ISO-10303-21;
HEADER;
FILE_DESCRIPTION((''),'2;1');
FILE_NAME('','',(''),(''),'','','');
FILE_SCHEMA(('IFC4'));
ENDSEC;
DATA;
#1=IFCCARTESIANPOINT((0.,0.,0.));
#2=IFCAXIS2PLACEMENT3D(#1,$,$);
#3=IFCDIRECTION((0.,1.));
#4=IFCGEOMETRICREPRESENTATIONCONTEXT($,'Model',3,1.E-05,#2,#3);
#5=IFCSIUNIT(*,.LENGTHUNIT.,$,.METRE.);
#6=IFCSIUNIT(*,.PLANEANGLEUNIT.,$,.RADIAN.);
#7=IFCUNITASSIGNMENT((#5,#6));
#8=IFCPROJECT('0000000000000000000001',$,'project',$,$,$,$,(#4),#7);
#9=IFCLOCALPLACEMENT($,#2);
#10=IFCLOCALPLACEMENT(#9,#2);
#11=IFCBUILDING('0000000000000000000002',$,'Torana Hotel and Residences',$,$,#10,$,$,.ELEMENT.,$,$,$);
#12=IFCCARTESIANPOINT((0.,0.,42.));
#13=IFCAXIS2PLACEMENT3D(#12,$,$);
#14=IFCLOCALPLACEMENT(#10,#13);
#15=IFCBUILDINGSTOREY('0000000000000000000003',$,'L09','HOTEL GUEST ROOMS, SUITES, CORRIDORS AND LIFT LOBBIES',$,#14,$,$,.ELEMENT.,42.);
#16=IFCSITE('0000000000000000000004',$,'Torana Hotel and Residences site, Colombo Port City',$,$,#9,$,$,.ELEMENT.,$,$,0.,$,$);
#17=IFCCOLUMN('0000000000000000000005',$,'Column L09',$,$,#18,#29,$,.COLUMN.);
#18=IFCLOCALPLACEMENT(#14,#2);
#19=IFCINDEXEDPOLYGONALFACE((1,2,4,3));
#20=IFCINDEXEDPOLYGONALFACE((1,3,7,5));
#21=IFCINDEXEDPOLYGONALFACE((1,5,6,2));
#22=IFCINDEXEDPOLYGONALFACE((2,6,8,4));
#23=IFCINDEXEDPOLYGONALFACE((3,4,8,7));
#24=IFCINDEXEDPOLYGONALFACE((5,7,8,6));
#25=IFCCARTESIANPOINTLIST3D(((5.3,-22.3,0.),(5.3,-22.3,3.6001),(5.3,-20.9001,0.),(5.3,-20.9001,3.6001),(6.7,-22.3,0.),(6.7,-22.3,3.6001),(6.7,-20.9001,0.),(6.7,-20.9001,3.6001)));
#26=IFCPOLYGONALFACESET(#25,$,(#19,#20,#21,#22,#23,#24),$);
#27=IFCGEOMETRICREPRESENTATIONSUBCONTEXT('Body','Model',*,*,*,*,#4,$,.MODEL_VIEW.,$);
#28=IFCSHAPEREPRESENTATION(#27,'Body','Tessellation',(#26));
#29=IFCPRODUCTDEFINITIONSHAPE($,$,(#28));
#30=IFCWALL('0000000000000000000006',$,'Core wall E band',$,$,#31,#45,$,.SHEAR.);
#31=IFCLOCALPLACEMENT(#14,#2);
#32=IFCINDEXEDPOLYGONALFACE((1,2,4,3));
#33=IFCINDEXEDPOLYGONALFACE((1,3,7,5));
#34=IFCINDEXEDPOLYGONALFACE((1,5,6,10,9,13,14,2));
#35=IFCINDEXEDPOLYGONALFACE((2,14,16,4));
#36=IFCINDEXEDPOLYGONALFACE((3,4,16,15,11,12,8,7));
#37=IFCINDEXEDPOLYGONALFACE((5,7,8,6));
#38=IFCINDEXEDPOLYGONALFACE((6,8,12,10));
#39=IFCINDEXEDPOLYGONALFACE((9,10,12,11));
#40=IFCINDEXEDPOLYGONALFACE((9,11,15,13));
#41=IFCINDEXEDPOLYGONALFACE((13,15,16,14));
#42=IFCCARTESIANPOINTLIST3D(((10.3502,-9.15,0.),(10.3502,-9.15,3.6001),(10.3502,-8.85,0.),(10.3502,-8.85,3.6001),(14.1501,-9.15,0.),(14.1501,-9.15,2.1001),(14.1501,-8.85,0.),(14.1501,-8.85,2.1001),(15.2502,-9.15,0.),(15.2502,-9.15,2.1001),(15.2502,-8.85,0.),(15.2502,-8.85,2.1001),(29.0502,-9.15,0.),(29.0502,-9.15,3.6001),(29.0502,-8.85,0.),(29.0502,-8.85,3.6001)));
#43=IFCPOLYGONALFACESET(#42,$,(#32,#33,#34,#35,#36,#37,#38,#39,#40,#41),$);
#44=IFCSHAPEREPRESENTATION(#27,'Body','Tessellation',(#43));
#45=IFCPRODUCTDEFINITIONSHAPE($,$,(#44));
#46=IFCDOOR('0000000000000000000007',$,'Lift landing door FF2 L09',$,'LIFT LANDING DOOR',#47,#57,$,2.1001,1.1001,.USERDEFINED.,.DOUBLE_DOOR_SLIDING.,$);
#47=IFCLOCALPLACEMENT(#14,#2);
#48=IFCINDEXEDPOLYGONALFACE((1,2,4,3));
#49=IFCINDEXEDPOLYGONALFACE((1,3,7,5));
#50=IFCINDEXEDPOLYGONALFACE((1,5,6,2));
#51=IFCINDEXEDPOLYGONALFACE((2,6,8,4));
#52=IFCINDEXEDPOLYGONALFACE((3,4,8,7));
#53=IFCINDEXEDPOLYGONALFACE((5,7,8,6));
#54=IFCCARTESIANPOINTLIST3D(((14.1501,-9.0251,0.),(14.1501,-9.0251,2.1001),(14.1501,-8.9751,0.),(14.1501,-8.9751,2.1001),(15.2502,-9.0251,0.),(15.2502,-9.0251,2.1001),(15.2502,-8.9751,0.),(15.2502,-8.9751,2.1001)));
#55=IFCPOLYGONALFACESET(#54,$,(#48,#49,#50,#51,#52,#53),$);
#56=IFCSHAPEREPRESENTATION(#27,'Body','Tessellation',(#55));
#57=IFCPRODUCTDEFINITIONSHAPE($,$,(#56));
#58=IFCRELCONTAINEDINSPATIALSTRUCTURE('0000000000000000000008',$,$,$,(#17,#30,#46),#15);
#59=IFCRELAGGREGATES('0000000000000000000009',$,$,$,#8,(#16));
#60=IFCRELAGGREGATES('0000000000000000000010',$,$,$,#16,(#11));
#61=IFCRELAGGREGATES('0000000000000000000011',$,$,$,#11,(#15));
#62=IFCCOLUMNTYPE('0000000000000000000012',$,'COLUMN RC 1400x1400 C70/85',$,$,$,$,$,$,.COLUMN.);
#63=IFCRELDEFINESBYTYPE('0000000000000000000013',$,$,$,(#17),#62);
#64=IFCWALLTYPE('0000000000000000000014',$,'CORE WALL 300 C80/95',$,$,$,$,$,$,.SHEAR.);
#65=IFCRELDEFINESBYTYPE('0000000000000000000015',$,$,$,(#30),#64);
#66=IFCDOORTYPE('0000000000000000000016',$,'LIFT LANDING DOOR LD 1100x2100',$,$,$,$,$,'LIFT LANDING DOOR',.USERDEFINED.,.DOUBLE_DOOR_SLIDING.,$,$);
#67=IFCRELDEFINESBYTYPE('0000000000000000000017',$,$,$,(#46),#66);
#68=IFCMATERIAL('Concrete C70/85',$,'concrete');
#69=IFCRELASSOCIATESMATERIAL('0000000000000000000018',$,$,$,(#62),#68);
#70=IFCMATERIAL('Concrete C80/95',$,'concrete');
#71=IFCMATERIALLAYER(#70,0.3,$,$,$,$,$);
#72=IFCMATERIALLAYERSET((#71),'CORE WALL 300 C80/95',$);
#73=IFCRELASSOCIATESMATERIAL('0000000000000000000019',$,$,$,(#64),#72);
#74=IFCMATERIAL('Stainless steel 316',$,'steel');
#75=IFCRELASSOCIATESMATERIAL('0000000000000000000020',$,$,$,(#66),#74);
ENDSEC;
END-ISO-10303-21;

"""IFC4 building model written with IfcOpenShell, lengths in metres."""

from ifc_helpers import new_model, si_unit, direction, frame, frame_2d, origin, origin_2d, place, context, subcontext, project, spatial, rectangle, extrude, material, layer, layer_set, material_profile, profile_set, type_object, element, fill, save


model = new_model("IFC4")

# Units and contexts
model_context = context("Model", 3, precision=1e-05, world=origin(), true_north=direction((0.0, 1.0)))
body_context = subcontext(model_context, "Body", "Model", "MODEL_VIEW")
ifc_project = project(units=[si_unit("LENGTHUNIT", "METRE"), si_unit("PLANEANGLEUNIT", "RADIAN")], contexts=[model_context])

# Site, building, storey
site_placement = place(None, origin())
site = spatial("IfcSite", under=ifc_project, at=site_placement, Name="Torana Hotel and Residences site, Colombo Port City", CompositionType="ELEMENT", RefElevation=0.0)
building_placement = place(site_placement, origin())
building = spatial("IfcBuilding", under=site, at=building_placement, Name="Torana Hotel and Residences", CompositionType="ELEMENT")
storey_placement = place(building_placement, frame((0.0, 0.0, 42.0)))
storey = spatial("IfcBuildingStorey", under=building, at=storey_placement, Name="L09", Description="HOTEL GUEST ROOMS, SUITES, CORRIDORS AND LIFT LOBBIES", CompositionType="ELEMENT", Elevation=42.0)

# Column
ifc_material_1 = material(Name="Concrete C70/85", Category="concrete")
ifc_material_profile = material_profile(ifc_material_1, rectangle(XDim=1.3999, YDim=1.3999, at=origin_2d()), Name="RC 1400x1400")
ifc_profile_set = profile_set([ifc_material_profile], Name="Concrete C70/85")
column_type = type_object("IfcColumnType", Name="COLUMN RC 1400x1400 C70/85", PredefinedType="COLUMN", material=ifc_profile_set)
column_placement = place(storey_placement, frame((6.0, -21.6001, 0.0), z_axis=(0.0, 0.0, 1.0), x_axis=(1.0, 0.0, 0.0)))
element("IfcColumn", 1, at=column_placement, inside=storey, type_object=column_type, Name="Column L09", PredefinedType="COLUMN", context=body_context, shape_type="SweptSolid", body=[
    extrude(rectangle(XDim=1.3999, YDim=1.3999, at=origin_2d()), origin(), (0.0, 0.0, 1.0), 3.6001),
])

# Wall, opening, door
ifc_material_2 = material(Name="Concrete C80/95", Category="concrete")
ifc_layer_1 = layer(ifc_material_2, 0.3)
ifc_layer_set_1 = layer_set([ifc_layer_1], Name="CORE WALL 300 C80/95")
wall_type_1 = type_object("IfcWallType", Name="CORE WALL 300 C80/95", PredefinedType="SHEAR", material=ifc_layer_set_1)
wall_1_placement = place(storey_placement, frame((10.3501, -9.0, 0.0), z_axis=(0.0, 0.0, 1.0), x_axis=(1.0, 0.0, 0.0)))
wall_1 = element("IfcWall", 2, at=wall_1_placement, inside=storey, type_object=wall_type_1, Name="Core wall E band", PredefinedType="SHEAR", context=body_context, shape_type="SweptSolid", body=[
    extrude(rectangle(XDim=18.7, YDim=0.3, at=frame_2d((9.3501, 0.0))), origin(), (0.0, 0.0, 1.0), 3.6001),
])
opening_1_placement = place(wall_1_placement, frame((3.8, 0.0, 0.0)))
opening_1 = element("IfcOpeningElement", 3, at=opening_1_placement, cuts=wall_1, PredefinedType="OPENING", context=body_context, shape_type="SweptSolid", body=[
    extrude(rectangle(XDim=1.1001, YDim=2.1001, at=frame_2d((0.55, 1.05))), frame((0.0, 0.1599, 0.0), z_axis=(0.0, -1.0, 0.0), x_axis=(1.0, 0.0, 0.0)), (0.0, 0.0, 1.0), 0.3201),
])
ifc_material_3 = material(Name="Stainless steel 316", Category="steel")
door_type_1 = type_object("IfcDoorType", Name="LIFT LANDING DOOR LD 1100x2100", ElementType="LIFT LANDING DOOR", OperationType="DOUBLE_DOOR_SLIDING", PredefinedType="USERDEFINED", material=ifc_material_3)
door_1_placement = place(opening_1_placement, origin())
door_1 = element("IfcDoor", 4, at=door_1_placement, inside=storey, type_object=door_type_1, Name="Lift landing door FF2 L09", ObjectType="LIFT LANDING DOOR", OperationType="DOUBLE_DOOR_SLIDING", OverallHeight=2.1001, OverallWidth=1.1001, PredefinedType="USERDEFINED", context=body_context, shape_type="SweptSolid", body=[
    extrude(rectangle(XDim=1.1001, YDim=2.1001, at=frame_2d((0.55, 1.05))), frame((0.0, 0.0249, 0.0), z_axis=(0.0, -1.0, 0.0), x_axis=(1.0, 0.0, 0.0)), (0.0, 0.0, 1.0), 0.05),
])
fill(opening_1, door_1)

save(model, "model.ifc")
